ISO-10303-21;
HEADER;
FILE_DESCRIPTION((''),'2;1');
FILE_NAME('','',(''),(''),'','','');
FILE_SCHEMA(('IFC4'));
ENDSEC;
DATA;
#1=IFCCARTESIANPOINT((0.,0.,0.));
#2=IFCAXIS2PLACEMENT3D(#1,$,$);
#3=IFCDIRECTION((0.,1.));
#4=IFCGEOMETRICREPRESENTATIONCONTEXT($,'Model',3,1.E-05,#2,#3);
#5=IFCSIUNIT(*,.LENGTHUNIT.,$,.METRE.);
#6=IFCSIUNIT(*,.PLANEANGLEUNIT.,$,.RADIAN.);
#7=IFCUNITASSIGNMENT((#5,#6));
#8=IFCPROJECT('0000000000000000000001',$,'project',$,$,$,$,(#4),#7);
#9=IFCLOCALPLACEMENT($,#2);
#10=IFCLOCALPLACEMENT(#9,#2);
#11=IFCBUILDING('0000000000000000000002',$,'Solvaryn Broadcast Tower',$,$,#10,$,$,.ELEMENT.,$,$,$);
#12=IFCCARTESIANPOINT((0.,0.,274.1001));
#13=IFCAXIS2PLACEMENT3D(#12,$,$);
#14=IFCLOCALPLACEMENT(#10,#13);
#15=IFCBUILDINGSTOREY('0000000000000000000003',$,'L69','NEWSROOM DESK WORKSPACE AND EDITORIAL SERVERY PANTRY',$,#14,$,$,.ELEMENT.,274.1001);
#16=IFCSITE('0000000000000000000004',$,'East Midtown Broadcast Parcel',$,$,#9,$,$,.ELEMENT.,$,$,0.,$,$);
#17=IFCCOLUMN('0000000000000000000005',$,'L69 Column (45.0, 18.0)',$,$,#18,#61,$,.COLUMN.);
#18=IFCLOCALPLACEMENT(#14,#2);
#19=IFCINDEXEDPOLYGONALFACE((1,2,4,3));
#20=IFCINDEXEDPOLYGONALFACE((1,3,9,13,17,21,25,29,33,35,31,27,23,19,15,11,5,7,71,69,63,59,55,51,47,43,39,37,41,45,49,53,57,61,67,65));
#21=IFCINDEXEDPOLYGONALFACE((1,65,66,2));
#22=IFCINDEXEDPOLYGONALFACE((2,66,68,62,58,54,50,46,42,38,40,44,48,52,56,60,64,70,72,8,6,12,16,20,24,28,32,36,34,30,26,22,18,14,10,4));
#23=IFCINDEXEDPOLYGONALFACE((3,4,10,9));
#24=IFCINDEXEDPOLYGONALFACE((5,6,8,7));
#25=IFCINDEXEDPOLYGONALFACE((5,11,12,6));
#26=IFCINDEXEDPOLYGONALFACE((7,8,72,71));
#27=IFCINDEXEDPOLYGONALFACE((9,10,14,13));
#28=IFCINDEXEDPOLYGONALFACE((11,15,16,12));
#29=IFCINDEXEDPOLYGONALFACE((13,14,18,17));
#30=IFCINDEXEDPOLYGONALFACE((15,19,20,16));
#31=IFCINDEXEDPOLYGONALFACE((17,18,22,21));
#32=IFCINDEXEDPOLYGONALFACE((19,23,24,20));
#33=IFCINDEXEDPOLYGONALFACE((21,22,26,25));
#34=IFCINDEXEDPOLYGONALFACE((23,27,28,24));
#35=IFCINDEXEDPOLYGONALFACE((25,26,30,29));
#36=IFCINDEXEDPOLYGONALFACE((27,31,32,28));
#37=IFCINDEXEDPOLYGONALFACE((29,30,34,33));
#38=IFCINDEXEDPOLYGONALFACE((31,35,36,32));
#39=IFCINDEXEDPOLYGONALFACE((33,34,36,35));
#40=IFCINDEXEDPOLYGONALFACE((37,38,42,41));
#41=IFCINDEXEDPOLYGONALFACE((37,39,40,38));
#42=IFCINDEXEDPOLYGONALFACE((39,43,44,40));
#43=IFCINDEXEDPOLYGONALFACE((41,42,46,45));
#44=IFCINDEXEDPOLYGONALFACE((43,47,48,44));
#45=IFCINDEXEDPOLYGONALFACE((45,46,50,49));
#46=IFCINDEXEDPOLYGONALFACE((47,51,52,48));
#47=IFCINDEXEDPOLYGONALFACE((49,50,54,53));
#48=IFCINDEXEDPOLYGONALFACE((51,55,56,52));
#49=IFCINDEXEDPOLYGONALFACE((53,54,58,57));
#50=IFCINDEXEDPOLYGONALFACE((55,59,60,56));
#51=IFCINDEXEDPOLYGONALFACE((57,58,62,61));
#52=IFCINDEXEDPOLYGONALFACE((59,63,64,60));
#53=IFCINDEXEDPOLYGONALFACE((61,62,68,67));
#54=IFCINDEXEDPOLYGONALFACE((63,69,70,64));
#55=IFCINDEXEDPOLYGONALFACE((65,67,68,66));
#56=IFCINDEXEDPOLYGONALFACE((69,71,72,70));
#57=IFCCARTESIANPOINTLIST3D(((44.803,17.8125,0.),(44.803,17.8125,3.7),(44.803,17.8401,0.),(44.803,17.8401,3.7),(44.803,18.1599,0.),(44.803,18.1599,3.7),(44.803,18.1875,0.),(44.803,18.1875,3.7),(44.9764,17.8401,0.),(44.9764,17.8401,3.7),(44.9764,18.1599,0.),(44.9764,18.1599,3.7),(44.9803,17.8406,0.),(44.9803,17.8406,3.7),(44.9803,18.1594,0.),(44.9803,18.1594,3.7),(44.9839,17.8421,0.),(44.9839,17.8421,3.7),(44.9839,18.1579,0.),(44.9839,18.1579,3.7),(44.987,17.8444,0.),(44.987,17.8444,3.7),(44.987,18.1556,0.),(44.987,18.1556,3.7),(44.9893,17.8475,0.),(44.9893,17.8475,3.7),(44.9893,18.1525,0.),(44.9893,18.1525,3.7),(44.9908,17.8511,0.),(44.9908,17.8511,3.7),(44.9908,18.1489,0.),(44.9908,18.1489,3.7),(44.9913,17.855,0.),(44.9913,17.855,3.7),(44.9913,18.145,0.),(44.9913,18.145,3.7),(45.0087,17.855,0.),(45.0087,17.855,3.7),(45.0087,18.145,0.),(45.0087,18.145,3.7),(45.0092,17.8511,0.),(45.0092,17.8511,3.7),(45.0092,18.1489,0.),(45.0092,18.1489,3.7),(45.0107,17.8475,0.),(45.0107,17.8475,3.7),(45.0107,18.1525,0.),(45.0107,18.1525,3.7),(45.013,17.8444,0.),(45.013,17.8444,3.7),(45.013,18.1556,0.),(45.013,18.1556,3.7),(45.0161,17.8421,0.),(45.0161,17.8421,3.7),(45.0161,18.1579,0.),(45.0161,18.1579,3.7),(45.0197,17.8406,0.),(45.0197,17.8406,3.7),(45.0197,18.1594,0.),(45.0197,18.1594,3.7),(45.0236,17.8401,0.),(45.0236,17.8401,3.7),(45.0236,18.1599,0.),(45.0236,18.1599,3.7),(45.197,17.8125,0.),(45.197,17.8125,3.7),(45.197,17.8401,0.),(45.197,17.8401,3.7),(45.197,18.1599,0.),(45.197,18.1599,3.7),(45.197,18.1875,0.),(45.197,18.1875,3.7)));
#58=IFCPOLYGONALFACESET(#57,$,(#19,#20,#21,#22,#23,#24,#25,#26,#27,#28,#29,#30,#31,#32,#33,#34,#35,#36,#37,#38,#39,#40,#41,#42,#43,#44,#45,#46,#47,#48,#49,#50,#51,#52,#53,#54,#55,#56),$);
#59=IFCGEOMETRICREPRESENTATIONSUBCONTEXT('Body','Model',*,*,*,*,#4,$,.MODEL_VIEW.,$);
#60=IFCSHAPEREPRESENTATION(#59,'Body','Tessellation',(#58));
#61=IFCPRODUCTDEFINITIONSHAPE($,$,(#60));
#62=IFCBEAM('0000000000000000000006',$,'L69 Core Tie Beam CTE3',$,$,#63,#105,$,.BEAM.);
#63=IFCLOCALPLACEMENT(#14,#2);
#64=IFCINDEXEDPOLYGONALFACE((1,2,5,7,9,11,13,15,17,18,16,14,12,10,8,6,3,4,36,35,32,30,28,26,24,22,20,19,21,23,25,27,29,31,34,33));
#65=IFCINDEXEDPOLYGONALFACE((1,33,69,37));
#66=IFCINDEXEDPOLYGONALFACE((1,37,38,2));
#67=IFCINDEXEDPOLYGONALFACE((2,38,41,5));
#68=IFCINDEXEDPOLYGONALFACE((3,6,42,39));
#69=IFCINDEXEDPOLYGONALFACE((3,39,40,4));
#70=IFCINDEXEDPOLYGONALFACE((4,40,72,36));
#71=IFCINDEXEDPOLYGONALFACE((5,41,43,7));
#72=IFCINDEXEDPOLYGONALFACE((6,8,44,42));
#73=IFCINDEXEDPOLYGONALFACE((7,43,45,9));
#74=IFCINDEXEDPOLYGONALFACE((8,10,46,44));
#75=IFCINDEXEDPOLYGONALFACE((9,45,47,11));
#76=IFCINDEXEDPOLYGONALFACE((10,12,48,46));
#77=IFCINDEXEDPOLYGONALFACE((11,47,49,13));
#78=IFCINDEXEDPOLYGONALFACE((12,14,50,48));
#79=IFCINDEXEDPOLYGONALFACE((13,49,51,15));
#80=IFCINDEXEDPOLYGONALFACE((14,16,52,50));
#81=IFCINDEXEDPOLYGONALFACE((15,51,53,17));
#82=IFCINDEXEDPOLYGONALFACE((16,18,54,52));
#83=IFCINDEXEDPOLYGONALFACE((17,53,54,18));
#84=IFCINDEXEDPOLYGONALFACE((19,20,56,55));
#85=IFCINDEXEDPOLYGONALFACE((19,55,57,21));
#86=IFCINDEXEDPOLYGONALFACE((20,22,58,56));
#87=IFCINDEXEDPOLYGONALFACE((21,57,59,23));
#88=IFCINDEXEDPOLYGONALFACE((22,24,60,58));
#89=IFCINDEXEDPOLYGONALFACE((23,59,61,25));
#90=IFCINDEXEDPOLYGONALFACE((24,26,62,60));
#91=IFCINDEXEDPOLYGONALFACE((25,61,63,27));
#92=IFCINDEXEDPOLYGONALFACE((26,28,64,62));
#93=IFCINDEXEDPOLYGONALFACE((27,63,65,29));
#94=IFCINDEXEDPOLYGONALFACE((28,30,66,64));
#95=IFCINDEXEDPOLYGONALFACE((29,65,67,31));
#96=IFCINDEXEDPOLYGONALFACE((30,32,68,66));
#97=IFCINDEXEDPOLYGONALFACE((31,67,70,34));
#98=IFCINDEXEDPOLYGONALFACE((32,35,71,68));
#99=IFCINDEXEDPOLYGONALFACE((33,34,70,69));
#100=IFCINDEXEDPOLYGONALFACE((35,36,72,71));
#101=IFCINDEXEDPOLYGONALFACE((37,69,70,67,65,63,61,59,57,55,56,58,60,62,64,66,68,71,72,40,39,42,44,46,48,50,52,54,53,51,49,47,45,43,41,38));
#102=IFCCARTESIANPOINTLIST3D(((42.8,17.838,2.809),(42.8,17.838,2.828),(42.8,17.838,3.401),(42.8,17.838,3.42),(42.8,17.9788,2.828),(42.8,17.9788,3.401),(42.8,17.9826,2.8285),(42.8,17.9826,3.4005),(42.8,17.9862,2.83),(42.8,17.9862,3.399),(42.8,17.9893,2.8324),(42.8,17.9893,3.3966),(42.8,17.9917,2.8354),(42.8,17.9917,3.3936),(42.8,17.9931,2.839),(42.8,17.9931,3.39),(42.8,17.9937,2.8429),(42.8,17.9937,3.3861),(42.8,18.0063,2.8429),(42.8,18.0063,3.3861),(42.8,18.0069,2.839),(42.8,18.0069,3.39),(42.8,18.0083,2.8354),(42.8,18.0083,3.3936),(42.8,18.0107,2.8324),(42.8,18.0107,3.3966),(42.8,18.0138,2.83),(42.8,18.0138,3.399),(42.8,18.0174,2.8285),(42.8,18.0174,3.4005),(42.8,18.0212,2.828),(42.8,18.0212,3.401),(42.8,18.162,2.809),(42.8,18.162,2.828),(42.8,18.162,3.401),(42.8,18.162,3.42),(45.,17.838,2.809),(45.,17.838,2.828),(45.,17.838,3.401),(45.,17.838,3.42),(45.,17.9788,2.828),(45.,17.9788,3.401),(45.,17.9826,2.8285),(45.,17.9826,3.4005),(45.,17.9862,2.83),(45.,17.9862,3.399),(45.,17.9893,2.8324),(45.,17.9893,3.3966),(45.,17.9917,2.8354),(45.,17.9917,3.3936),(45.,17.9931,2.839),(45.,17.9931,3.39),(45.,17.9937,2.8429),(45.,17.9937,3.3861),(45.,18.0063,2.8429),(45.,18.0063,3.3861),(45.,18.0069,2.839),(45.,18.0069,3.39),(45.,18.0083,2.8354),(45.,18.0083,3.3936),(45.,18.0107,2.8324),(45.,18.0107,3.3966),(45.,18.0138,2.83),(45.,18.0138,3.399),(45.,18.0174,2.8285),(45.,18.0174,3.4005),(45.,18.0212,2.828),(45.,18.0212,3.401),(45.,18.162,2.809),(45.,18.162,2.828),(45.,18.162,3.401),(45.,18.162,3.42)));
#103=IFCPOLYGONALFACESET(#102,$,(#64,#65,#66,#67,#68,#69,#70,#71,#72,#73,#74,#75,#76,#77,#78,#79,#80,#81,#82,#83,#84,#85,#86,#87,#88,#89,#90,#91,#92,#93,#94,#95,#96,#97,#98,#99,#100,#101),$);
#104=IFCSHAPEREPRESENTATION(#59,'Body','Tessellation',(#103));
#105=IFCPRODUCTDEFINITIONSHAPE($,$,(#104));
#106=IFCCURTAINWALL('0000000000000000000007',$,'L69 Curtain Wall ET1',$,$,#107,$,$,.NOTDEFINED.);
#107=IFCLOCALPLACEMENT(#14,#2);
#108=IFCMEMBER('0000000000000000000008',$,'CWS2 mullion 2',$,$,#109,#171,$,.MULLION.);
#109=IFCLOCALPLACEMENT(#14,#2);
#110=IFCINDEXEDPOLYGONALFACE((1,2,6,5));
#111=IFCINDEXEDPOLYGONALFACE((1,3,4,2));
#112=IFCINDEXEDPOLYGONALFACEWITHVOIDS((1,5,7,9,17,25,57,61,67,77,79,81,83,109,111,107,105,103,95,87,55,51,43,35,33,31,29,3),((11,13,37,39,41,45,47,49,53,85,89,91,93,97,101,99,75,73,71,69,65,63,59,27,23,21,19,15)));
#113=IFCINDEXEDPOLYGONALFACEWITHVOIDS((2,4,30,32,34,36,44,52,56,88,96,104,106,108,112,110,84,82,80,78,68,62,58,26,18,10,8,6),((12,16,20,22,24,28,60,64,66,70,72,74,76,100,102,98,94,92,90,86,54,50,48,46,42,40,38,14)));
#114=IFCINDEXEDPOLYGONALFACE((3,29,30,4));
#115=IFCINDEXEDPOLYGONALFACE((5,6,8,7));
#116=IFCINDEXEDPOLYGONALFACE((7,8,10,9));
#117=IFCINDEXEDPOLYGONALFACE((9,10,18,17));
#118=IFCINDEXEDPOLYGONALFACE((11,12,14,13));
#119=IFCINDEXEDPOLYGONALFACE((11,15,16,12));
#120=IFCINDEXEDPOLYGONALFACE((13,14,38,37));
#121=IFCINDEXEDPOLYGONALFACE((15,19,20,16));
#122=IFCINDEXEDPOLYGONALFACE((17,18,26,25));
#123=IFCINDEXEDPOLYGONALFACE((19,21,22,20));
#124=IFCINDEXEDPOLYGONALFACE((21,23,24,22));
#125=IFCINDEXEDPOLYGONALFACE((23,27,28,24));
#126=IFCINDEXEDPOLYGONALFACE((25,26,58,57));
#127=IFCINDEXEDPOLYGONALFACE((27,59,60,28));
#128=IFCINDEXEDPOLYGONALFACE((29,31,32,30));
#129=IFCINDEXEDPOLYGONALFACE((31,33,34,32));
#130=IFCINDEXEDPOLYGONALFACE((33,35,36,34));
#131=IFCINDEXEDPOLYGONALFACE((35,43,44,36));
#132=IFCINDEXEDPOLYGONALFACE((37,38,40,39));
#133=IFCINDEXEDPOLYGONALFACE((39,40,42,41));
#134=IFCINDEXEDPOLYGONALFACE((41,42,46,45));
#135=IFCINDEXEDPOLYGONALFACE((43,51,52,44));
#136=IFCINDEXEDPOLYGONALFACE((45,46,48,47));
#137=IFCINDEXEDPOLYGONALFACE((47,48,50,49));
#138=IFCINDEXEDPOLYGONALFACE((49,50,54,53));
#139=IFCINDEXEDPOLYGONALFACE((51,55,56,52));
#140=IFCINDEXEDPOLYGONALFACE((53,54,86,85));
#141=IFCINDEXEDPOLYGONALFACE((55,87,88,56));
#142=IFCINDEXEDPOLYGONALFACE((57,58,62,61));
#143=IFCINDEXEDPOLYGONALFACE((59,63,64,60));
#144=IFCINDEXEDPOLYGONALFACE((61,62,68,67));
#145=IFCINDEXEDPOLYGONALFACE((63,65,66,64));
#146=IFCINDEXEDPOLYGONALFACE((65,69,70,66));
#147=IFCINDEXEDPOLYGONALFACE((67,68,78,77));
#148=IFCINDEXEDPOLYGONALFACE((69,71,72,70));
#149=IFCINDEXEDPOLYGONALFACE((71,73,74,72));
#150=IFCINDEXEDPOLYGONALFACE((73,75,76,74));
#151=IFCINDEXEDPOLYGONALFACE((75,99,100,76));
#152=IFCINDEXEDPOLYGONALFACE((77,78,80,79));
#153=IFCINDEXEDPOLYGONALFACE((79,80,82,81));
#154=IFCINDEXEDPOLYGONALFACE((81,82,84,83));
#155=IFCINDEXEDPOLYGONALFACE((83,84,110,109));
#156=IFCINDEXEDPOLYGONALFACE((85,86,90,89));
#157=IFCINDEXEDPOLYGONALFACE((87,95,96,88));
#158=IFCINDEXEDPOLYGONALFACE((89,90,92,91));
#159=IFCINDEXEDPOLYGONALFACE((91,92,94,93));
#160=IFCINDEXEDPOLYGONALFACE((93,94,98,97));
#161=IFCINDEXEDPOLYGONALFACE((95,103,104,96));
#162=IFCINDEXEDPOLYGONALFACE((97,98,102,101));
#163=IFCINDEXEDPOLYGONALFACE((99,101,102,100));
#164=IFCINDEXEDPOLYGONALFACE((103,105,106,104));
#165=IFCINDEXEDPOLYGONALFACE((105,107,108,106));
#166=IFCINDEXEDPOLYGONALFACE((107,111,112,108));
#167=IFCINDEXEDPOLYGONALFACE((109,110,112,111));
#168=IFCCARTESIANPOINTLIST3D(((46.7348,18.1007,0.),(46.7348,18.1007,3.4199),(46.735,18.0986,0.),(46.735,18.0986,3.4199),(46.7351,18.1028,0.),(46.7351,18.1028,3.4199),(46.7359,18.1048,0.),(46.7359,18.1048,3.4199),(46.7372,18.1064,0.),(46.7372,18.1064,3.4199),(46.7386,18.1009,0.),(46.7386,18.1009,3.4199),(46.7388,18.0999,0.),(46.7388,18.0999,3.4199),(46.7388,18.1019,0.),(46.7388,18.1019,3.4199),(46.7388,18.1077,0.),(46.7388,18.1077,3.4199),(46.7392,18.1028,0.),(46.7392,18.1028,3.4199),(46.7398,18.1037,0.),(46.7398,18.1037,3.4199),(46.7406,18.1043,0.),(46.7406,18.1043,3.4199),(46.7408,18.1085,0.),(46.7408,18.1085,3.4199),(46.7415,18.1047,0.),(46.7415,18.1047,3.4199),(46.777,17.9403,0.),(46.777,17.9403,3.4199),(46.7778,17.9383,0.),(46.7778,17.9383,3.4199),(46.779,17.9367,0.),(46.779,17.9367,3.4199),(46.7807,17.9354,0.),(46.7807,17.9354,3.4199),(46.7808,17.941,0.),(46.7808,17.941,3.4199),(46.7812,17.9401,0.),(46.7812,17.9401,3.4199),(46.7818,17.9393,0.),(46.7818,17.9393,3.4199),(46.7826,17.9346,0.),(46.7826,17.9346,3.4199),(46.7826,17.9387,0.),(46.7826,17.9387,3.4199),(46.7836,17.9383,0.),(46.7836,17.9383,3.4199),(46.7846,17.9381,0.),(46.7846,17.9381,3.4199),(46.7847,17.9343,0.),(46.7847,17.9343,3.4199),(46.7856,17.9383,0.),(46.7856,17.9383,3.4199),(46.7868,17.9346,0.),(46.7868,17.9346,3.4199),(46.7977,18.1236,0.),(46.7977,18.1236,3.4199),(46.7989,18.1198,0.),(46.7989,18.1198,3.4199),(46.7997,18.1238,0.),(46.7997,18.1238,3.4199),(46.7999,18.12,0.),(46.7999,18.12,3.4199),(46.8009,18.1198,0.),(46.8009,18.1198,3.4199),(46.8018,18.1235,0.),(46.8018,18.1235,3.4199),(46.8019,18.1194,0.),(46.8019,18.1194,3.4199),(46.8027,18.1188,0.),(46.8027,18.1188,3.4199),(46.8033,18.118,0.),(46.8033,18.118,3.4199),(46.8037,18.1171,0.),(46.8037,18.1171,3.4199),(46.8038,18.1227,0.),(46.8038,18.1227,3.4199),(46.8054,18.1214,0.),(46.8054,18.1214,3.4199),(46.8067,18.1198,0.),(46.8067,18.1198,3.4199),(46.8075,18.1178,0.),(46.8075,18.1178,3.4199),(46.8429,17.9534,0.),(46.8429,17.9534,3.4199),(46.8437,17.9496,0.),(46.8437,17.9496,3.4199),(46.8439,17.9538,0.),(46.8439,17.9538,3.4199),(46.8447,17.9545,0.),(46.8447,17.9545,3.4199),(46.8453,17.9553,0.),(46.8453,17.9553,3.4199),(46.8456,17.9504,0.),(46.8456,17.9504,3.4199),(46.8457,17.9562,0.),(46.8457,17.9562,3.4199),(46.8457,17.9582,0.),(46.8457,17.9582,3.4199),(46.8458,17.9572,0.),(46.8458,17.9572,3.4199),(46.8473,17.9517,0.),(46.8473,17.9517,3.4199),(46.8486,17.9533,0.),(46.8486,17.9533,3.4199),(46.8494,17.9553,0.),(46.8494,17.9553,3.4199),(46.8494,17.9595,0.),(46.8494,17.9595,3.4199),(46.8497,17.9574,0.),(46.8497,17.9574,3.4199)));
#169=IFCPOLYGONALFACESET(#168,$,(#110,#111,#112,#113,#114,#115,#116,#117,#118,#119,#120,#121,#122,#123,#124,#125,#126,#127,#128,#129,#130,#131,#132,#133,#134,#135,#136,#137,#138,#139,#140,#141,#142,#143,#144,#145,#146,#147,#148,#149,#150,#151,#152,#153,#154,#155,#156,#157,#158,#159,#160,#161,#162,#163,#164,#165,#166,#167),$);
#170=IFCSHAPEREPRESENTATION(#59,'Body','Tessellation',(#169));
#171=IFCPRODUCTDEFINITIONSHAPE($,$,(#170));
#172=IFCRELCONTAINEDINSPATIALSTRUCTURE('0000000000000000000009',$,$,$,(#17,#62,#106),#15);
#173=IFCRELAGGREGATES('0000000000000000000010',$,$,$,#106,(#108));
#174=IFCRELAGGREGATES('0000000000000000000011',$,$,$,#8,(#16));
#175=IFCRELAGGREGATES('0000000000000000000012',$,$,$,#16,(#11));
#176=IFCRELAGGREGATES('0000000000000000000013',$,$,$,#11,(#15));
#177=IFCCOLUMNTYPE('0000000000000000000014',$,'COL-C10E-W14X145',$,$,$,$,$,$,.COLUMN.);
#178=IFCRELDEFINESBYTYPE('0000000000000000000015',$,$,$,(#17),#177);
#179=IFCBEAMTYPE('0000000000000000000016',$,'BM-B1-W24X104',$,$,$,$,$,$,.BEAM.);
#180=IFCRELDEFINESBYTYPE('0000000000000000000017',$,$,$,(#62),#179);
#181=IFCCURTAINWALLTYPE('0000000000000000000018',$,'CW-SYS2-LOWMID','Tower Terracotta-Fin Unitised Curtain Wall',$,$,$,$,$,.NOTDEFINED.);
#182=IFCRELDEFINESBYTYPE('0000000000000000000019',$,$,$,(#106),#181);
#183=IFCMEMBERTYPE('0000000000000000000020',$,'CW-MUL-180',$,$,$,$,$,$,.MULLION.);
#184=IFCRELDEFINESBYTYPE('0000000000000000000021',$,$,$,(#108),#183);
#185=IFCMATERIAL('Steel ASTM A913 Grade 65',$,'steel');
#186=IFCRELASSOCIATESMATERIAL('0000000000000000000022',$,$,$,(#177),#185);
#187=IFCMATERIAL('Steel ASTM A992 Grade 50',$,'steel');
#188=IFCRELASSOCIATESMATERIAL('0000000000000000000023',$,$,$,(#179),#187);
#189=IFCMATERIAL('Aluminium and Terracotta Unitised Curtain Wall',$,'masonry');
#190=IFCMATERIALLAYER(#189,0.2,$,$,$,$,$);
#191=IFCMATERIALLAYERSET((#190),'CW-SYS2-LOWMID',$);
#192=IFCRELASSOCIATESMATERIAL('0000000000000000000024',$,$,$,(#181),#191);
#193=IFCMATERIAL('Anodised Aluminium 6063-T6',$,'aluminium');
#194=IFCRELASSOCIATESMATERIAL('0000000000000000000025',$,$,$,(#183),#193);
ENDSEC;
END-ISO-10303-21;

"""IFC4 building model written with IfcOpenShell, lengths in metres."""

from ifc_helpers import new_model, si_unit, direction, frame, origin, origin_2d, place, context, subcontext, project, spatial, hollow_rectangle, i_section, extrude, material, layer, layer_set, material_profile, profile_set, type_object, element, aggregate, save


model = new_model("IFC4")

# Units and contexts
model_context = context("Model", 3, precision=1e-05, world=origin(), true_north=direction((0.0, 1.0)))
body_context = subcontext(model_context, "Body", "Model", "MODEL_VIEW")
ifc_project = project(units=[si_unit("LENGTHUNIT", "METRE"), si_unit("PLANEANGLEUNIT", "RADIAN")], contexts=[model_context])

# Site, building, storey
site_placement = place(None, origin())
site = spatial("IfcSite", under=ifc_project, at=site_placement, Name="East Midtown Broadcast Parcel", CompositionType="ELEMENT", RefElevation=0.0)
building_placement = place(site_placement, origin())
building = spatial("IfcBuilding", under=site, at=building_placement, Name="Solvaryn Broadcast Tower", CompositionType="ELEMENT")
storey_placement = place(building_placement, frame((0.0, 0.0, 274.1001)))
storey = spatial("IfcBuildingStorey", under=building, at=storey_placement, Name="L69", Description="NEWSROOM DESK WORKSPACE AND EDITORIAL SERVERY PANTRY", CompositionType="ELEMENT", Elevation=274.1001)

# Column
ifc_material_1 = material(Name="Steel ASTM A913 Grade 65", Category="steel")
ifc_material_profile_1 = material_profile(ifc_material_1, i_section(OverallWidth=0.394, OverallDepth=0.375, WebThickness=0.0173, FlangeThickness=0.0276, FilletRadius=0.0149, at=origin_2d()))
ifc_profile_set_1 = profile_set([ifc_material_profile_1], Name="Steel ASTM A913 Grade 65")
column_type = type_object("IfcColumnType", Name="COL-C10E-W14X145", PredefinedType="COLUMN", material=ifc_profile_set_1)
column_placement = place(storey_placement, frame((45.0, 18.0, 0.0), z_axis=(0.0, 0.0, 1.0), x_axis=(1.0, 0.0, 0.0)))
element("IfcColumn", 1, at=column_placement, inside=storey, type_object=column_type, Name="L69 Column (45.0, 18.0)", PredefinedType="COLUMN", context=body_context, shape_type="SweptSolid", body=[
    extrude(i_section(OverallWidth=0.394, OverallDepth=0.375, WebThickness=0.0173, FlangeThickness=0.0276, FilletRadius=0.0149, at=origin_2d()), origin(), (0.0, 0.0, 1.0), 3.7),
])

# Beam
ifc_material_2 = material(Name="Steel ASTM A992 Grade 50", Category="steel")
ifc_material_profile_2 = material_profile(ifc_material_2, i_section(OverallWidth=0.324, OverallDepth=0.6111, WebThickness=0.0127, FlangeThickness=0.019, FilletRadius=0.0149, at=origin_2d()))
ifc_profile_set_2 = profile_set([ifc_material_profile_2], Name="Steel ASTM A992 Grade 50")
beam_type = type_object("IfcBeamType", Name="BM-B1-W24X104", PredefinedType="BEAM", material=ifc_profile_set_2)
beam_placement = place(storey_placement, frame((42.8, 18.0, 3.1145), z_axis=(1.0, 0.0, 0.0), x_axis=(0.0, 1.0, 0.0)))
element("IfcBeam", 2, at=beam_placement, inside=storey, type_object=beam_type, Name="L69 Core Tie Beam CTE3", PredefinedType="BEAM", context=body_context, shape_type="SweptSolid", body=[
    extrude(i_section(OverallWidth=0.324, OverallDepth=0.6111, WebThickness=0.0127, FlangeThickness=0.019, FilletRadius=0.0149, at=origin_2d()), origin(), (0.0, 0.0, 1.0), 2.2),
])

# Curtain wall, member
ifc_material_3 = material(Name="Aluminium and Terracotta Unitised Curtain Wall", Category="masonry")
ifc_layer_1 = layer(ifc_material_3, 0.2)
ifc_layer_set_1 = layer_set([ifc_layer_1], Name="CW-SYS2-LOWMID")
curtain_wall_type = type_object("IfcCurtainWallType", Name="CW-SYS2-LOWMID", Description="Tower Terracotta-Fin Unitised Curtain Wall", PredefinedType="NOTDEFINED", material=ifc_layer_set_1)
curtain_wall_1_placement = place(storey_placement, origin())
curtain_wall_1 = element("IfcCurtainWall", 3, at=curtain_wall_1_placement, inside=storey, type_object=curtain_wall_type, Name="L69 Curtain Wall ET1", PredefinedType="NOTDEFINED")
ifc_material_4 = material(Name="Anodised Aluminium 6063-T6", Category="aluminium")
ifc_material_profile_3 = material_profile(ifc_material_4, hollow_rectangle(XDim=0.075, YDim=0.1799, WallThickness=0.0039, InnerFilletRadius=0.0039, OuterFilletRadius=0.0081, at=origin_2d()))
ifc_profile_set_3 = profile_set([ifc_material_profile_3], Name="Anodised Aluminium 6063-T6")
member_type_1 = type_object("IfcMemberType", Name="CW-MUL-180", PredefinedType="MULLION", material=ifc_profile_set_3)
member_1_placement = place(storey_placement, frame((46.7922, 18.0291, 0.0), z_axis=(0.0, 0.0, 1.0), x_axis=(0.966705, 0.255893, 0.0)))
member_1 = element("IfcMember", 4, at=member_1_placement, type_object=member_type_1, Name="CWS2 mullion 2", PredefinedType="MULLION", context=body_context, shape_type="SweptSolid", body=[
    extrude(hollow_rectangle(XDim=0.075, YDim=0.1799, WallThickness=0.0039, InnerFilletRadius=0.0039, OuterFilletRadius=0.0081, at=origin_2d()), origin(), (0.0, 0.0, 1.0), 3.4199),
])
aggregate(curtain_wall_1, [member_1])

save(model, "model.ifc")
